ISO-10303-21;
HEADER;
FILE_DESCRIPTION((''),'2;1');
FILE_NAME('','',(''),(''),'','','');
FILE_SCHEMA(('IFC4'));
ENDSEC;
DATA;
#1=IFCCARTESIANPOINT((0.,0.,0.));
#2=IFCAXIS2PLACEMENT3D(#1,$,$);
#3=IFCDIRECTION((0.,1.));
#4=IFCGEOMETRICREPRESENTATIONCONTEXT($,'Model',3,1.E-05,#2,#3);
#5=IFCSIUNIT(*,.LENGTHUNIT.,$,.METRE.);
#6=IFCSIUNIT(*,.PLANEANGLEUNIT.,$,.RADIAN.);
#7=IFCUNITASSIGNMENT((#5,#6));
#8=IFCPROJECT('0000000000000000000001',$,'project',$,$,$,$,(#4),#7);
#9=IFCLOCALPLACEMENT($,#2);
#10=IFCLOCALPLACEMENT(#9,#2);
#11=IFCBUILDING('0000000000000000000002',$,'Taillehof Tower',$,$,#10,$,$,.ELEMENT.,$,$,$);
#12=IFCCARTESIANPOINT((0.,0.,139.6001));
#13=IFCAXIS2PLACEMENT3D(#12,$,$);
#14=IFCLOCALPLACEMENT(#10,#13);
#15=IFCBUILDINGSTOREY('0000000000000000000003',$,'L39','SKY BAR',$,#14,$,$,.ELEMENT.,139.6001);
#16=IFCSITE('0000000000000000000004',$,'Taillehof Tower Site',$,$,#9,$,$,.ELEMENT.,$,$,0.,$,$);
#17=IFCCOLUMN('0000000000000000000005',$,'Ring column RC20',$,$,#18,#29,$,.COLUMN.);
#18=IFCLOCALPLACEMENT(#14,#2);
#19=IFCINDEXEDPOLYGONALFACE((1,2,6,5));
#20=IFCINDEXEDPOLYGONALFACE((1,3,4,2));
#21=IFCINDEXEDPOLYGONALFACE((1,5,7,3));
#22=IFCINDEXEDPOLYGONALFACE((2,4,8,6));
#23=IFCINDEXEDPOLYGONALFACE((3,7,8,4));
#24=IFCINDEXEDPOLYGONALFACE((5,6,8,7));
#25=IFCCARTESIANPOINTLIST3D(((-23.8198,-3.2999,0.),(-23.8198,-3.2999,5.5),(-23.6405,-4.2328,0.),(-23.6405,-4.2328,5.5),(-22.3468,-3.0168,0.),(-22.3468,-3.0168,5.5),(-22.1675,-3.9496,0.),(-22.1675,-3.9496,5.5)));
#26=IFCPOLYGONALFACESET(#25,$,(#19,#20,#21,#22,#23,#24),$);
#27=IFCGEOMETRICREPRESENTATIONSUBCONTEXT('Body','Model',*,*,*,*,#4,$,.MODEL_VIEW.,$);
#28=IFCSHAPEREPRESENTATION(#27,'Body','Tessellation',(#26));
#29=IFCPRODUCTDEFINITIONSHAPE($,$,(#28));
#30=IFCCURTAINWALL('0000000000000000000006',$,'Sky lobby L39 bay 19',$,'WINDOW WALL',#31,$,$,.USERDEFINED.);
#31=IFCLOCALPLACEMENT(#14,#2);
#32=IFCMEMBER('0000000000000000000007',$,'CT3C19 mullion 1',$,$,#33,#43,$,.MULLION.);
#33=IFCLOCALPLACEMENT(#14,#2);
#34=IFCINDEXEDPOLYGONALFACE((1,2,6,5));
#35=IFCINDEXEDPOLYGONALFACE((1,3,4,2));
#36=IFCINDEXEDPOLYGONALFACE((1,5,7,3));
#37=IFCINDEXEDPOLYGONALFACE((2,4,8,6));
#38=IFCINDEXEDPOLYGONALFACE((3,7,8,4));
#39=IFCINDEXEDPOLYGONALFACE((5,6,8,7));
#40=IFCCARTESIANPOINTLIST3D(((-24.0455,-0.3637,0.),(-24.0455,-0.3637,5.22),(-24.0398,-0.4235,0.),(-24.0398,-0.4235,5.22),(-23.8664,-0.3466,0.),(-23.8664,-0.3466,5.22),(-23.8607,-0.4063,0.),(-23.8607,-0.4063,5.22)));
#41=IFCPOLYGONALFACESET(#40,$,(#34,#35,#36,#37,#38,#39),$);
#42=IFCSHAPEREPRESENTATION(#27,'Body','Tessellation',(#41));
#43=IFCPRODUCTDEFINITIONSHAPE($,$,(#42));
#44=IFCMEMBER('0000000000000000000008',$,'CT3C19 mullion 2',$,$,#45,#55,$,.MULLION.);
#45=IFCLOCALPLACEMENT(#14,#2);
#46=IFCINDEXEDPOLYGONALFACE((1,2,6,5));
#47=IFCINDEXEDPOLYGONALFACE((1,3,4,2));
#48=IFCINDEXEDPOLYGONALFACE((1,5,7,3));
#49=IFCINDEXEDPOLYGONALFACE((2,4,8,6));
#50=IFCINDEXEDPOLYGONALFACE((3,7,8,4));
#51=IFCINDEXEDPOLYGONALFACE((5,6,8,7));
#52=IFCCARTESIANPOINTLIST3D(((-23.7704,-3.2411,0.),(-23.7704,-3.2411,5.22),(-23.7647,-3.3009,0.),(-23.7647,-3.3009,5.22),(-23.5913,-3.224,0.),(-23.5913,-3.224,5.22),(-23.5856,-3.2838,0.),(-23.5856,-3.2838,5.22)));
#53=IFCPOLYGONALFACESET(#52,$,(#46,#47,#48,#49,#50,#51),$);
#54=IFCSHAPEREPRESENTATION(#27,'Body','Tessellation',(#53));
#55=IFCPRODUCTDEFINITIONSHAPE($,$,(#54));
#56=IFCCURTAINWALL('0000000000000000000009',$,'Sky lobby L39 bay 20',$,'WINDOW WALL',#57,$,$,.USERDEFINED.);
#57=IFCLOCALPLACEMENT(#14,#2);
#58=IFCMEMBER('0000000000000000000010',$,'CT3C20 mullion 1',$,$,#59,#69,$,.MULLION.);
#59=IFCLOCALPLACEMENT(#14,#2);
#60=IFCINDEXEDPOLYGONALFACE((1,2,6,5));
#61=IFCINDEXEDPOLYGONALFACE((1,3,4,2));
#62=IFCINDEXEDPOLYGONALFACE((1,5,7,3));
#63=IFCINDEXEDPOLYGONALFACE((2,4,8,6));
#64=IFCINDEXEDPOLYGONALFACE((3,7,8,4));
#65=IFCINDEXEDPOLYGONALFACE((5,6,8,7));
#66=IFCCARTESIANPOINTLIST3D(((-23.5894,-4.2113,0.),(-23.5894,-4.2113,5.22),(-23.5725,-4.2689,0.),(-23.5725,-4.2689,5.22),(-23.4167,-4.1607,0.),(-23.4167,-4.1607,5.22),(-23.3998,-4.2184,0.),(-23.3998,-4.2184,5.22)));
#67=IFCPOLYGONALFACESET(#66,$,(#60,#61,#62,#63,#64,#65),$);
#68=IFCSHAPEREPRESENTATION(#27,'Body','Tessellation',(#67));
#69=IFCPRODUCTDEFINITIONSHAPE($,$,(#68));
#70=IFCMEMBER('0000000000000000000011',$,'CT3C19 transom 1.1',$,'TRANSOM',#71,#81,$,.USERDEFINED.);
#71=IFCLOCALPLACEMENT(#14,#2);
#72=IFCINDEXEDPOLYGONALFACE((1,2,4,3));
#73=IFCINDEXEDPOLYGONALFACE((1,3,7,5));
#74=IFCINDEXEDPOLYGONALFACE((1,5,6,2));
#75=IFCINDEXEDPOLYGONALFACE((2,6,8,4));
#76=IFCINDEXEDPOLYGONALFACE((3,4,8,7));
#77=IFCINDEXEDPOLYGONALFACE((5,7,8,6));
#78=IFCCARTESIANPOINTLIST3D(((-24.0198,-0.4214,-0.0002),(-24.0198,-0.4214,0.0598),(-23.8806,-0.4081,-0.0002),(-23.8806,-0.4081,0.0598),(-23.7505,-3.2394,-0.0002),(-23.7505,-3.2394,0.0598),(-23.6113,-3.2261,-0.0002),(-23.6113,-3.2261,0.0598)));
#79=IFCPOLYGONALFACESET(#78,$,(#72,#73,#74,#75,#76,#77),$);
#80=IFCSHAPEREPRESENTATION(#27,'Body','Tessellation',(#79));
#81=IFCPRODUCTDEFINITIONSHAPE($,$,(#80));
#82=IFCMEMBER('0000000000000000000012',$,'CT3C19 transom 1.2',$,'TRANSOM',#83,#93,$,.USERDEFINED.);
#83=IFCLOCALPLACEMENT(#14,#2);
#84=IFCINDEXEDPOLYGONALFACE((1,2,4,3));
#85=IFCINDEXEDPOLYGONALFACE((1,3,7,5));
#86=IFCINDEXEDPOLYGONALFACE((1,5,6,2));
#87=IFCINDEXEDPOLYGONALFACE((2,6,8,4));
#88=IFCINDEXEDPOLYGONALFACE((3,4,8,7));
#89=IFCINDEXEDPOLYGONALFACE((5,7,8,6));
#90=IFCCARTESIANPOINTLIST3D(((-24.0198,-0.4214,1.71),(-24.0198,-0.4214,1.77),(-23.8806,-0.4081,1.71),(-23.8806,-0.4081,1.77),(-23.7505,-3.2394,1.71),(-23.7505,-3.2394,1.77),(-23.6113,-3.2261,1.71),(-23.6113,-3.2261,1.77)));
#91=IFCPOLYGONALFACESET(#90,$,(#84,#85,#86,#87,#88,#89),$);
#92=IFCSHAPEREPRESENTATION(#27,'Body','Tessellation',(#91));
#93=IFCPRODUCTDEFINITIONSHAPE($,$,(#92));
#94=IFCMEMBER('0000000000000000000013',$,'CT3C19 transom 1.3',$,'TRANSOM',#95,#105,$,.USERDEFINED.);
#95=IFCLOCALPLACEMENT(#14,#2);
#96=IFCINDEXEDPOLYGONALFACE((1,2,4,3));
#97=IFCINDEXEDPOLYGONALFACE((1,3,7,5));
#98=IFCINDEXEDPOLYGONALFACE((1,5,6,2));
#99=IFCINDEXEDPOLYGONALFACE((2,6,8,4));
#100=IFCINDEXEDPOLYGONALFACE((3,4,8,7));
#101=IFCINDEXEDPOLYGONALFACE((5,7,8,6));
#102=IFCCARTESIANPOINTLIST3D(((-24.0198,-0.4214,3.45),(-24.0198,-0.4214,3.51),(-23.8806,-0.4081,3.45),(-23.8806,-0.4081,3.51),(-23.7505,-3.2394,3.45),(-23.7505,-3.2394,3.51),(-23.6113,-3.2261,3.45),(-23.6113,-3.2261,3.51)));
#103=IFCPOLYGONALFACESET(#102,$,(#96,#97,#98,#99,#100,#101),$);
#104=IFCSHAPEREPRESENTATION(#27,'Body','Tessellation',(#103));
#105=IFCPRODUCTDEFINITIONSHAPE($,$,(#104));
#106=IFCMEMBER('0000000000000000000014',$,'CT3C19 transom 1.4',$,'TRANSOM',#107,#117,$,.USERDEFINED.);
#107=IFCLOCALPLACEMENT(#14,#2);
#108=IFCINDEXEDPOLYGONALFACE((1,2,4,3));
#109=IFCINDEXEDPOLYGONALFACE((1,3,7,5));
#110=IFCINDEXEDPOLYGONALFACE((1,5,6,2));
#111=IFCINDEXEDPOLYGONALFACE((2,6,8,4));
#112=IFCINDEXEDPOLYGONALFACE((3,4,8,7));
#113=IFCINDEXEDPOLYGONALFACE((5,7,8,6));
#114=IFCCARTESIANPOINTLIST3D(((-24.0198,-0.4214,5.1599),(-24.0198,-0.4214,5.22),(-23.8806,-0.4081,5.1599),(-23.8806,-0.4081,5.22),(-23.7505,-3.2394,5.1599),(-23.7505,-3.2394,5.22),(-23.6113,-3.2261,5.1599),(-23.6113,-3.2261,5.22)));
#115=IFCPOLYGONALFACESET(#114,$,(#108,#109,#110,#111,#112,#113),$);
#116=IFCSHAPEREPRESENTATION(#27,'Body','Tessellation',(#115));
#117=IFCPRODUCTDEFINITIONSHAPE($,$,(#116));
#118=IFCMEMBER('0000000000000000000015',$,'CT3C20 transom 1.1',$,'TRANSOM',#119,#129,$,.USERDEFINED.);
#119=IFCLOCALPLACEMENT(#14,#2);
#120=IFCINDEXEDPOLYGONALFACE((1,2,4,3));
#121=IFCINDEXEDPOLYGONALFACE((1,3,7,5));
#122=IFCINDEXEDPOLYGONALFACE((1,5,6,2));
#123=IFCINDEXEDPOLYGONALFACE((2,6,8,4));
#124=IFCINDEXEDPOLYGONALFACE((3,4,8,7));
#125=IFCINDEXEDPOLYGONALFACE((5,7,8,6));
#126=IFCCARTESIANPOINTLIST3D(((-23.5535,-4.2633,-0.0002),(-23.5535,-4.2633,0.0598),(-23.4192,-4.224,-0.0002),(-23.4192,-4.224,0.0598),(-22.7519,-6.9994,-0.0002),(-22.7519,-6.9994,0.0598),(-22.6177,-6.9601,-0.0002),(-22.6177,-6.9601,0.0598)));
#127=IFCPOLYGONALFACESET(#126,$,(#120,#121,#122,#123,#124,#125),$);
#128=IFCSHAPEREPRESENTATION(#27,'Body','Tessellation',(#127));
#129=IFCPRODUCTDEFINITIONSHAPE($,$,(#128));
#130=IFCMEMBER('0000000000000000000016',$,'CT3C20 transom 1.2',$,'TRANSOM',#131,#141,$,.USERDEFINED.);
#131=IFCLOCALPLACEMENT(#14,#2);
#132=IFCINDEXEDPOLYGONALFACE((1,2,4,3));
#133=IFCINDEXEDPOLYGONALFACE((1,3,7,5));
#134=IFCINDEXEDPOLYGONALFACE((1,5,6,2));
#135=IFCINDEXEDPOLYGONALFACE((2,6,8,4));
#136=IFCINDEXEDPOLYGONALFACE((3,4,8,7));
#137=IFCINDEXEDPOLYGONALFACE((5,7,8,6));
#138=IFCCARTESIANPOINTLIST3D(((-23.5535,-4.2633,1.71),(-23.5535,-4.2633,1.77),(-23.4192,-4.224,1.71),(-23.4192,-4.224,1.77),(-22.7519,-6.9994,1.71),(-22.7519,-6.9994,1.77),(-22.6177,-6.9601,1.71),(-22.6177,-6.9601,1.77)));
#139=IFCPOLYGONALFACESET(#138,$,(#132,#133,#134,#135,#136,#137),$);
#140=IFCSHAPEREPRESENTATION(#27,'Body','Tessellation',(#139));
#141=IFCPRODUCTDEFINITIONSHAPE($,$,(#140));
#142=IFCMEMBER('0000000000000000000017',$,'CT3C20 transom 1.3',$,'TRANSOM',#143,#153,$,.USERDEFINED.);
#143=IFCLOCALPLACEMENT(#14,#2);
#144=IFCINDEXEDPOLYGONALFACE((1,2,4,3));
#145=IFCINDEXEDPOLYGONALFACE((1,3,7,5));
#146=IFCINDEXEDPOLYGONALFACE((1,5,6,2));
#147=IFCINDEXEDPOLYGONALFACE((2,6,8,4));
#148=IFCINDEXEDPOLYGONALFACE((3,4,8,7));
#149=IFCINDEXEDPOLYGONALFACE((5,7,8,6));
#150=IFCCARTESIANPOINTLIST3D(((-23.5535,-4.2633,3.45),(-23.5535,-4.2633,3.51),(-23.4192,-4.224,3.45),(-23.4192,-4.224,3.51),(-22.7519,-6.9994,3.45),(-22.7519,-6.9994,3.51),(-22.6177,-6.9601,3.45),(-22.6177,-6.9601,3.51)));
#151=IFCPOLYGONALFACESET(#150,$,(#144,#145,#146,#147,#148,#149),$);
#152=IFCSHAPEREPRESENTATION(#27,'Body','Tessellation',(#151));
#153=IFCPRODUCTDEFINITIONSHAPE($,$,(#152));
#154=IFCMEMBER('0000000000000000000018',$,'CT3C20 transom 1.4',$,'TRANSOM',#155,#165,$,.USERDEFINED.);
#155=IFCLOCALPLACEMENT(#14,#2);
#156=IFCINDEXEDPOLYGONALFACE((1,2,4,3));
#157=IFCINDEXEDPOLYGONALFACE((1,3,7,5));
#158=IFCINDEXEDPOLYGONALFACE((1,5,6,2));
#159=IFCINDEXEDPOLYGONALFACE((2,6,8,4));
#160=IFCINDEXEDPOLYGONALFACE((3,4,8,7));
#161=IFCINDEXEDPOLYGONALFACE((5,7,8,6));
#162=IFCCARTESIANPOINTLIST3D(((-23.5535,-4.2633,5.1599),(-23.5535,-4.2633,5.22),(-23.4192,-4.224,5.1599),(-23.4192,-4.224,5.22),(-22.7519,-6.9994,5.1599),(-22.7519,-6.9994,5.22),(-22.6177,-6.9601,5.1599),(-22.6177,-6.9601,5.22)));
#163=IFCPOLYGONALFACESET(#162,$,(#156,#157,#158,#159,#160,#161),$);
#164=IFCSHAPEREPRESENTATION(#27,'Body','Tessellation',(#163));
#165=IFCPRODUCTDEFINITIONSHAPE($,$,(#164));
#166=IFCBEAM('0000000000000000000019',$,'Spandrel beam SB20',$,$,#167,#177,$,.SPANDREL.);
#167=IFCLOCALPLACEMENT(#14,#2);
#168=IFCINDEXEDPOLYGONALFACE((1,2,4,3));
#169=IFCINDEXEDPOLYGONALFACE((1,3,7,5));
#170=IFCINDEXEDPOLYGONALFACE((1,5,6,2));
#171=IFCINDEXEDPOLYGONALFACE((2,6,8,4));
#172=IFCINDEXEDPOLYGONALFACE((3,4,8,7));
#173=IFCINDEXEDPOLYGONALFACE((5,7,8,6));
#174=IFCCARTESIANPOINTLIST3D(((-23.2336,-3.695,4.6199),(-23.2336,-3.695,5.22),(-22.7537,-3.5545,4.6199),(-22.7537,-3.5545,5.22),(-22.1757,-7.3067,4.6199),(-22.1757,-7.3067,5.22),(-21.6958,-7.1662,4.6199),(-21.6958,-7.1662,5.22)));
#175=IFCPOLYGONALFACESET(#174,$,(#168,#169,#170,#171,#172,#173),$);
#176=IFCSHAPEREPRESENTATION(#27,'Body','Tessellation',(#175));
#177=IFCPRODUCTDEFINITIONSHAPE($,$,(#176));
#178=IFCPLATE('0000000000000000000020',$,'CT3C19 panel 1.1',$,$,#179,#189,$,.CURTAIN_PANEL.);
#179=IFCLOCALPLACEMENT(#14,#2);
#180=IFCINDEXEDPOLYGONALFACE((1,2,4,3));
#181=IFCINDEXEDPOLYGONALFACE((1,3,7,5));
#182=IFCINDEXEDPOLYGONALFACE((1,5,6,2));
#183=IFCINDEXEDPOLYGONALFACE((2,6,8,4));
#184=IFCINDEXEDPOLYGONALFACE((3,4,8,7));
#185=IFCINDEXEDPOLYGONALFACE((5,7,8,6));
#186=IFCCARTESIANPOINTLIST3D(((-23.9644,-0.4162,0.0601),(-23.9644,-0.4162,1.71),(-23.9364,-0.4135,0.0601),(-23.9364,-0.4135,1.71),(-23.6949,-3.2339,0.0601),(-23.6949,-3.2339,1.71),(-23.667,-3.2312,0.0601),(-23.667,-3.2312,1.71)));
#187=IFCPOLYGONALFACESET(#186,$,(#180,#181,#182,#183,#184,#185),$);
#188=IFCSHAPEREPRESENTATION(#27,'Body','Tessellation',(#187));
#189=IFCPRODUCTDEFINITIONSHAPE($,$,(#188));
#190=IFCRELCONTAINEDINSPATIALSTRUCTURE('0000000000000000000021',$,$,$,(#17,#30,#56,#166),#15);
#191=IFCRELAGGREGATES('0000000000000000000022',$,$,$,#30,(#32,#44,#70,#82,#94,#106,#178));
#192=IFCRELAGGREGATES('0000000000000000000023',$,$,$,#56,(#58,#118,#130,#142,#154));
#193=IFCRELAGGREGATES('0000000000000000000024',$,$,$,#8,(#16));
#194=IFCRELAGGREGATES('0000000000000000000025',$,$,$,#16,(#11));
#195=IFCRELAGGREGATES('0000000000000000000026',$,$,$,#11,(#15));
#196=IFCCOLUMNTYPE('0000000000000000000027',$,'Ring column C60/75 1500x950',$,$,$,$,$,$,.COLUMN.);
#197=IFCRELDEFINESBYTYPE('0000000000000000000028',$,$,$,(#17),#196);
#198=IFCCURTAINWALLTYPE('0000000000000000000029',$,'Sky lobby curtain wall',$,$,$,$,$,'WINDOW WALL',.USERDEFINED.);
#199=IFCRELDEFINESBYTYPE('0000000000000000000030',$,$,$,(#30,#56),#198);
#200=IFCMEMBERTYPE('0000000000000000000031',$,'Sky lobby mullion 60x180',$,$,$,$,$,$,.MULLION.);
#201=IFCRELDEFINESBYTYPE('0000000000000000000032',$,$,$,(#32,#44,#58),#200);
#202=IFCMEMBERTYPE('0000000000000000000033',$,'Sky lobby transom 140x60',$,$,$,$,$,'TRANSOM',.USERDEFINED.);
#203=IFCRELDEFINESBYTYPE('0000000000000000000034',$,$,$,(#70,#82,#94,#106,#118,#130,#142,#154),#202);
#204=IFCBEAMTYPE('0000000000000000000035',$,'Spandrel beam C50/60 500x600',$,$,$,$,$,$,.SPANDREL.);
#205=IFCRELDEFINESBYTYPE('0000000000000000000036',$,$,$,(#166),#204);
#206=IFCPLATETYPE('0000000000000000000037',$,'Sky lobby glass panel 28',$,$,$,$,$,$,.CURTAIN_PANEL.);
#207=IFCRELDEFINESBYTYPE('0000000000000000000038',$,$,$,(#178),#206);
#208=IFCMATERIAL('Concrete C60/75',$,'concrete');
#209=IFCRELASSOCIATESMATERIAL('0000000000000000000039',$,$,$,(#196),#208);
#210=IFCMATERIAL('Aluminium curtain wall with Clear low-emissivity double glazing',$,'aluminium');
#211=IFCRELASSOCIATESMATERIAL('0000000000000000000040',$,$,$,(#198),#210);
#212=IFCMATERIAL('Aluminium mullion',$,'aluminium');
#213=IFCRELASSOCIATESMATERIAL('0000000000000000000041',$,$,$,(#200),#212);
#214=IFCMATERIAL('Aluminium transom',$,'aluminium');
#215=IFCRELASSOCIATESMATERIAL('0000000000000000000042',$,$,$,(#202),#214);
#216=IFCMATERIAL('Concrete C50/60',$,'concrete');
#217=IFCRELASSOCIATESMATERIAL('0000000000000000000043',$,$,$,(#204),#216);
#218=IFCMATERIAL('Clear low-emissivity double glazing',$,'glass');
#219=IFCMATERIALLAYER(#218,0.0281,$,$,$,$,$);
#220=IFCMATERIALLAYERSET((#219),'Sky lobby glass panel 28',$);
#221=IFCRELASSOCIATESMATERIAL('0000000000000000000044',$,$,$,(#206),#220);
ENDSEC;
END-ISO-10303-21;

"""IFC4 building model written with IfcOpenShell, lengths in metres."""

from ifc_helpers import new_model, si_unit, direction, frame, origin, origin_2d, place, context, subcontext, project, spatial, rectangle, extrude, material, layer, layer_set, material_profile, profile_set, type_object, element, aggregate, save


model = new_model("IFC4")

# Units and contexts
model_context = context("Model", 3, precision=1e-05, world=origin(), true_north=direction((0.0, 1.0)))
body_context = subcontext(model_context, "Body", "Model", "MODEL_VIEW")
ifc_project = project(units=[si_unit("LENGTHUNIT", "METRE"), si_unit("PLANEANGLEUNIT", "RADIAN")], contexts=[model_context])

# Site, building, storey
site_placement = place(None, origin())
site = spatial("IfcSite", under=ifc_project, at=site_placement, Name="Taillehof Tower Site", CompositionType="ELEMENT", RefElevation=0.0)
building_placement = place(site_placement, origin())
building = spatial("IfcBuilding", under=site, at=building_placement, Name="Taillehof Tower", CompositionType="ELEMENT")
storey_placement = place(building_placement, frame((0.0, 0.0, 139.6001)))
storey = spatial("IfcBuildingStorey", under=building, at=storey_placement, Name="L39", Description="SKY BAR", CompositionType="ELEMENT", Elevation=139.6001)

# Column
ifc_material_1 = material(Name="Concrete C60/75", Category="concrete")
ifc_material_profile_1 = material_profile(ifc_material_1, rectangle(XDim=1.5, YDim=0.95, at=origin_2d()), Name="RC 1500x950")
ifc_profile_set_1 = profile_set([ifc_material_profile_1], Name="Concrete C60/75")
column_type = type_object("IfcColumnType", Name="Ring column C60/75 1500x950", PredefinedType="COLUMN", material=ifc_profile_set_1)
column_placement = place(storey_placement, frame((-22.9937, -3.6248, 0.0), z_axis=(0.0, 0.0, 1.0), x_axis=(-0.982024, -0.188757, 0.0)))
element("IfcColumn", 1, at=column_placement, inside=storey, type_object=column_type, Name="Ring column RC20", PredefinedType="COLUMN", context=body_context, shape_type="SweptSolid", body=[
    extrude(rectangle(XDim=1.5, YDim=0.95, at=origin_2d()), origin(), (0.0, 0.0, 1.0), 5.5),
])

# Curtain wall, members
ifc_material_2 = material(Name="Aluminium curtain wall with Clear low-emissivity double glazing", Category="aluminium")
curtain_wall_type = type_object("IfcCurtainWallType", Name="Sky lobby curtain wall", ElementType="WINDOW WALL", PredefinedType="USERDEFINED", material=ifc_material_2)
curtain_wall_1_placement = place(storey_placement, origin())
curtain_wall_1 = element("IfcCurtainWall", 2, at=curtain_wall_1_placement, inside=storey, type_object=curtain_wall_type, Name="Sky lobby L39 bay 19", ObjectType="WINDOW WALL", PredefinedType="USERDEFINED")
ifc_material_3 = material(Name="Aluminium mullion", Category="aluminium")
ifc_material_profile_2 = material_profile(ifc_material_3, rectangle(XDim=0.1799, YDim=0.0601, at=origin_2d()), Name="AL 60x180")
ifc_profile_set_2 = profile_set([ifc_material_profile_2], Name="Aluminium mullion")
member_type_1 = type_object("IfcMemberType", Name="Sky lobby mullion 60x180", PredefinedType="MULLION", material=ifc_profile_set_2)
member_1_placement = place(storey_placement, frame((-23.9531, -0.385, 0.0), z_axis=(0.0, 0.0, 1.0), x_axis=(0.995458, 0.095197, 0.0)))
member_1 = element("IfcMember", 3, at=member_1_placement, type_object=member_type_1, Name="CT3C19 mullion 1", PredefinedType="MULLION", context=body_context, shape_type="SweptSolid", body=[
    extrude(rectangle(XDim=0.1799, YDim=0.0601, at=origin_2d()), origin(), (0.0, 0.0, 1.0), 5.22),
])
member_2_placement = place(storey_placement, frame((-23.678, -3.2625, 0.0), z_axis=(0.0, 0.0, 1.0), x_axis=(0.995458, 0.095197, 0.0)))
member_2 = element("IfcMember", 4, at=member_2_placement, type_object=member_type_1, Name="CT3C19 mullion 2", PredefinedType="MULLION", context=body_context, shape_type="SweptSolid", body=[
    extrude(rectangle(XDim=0.1799, YDim=0.0601, at=origin_2d()), origin(), (0.0, 0.0, 1.0), 5.22),
])

# Curtain wall, member
curtain_wall_2_placement = place(storey_placement, origin())
curtain_wall_2 = element("IfcCurtainWall", 5, at=curtain_wall_2_placement, inside=storey, type_object=curtain_wall_type, Name="Sky lobby L39 bay 20", ObjectType="WINDOW WALL", PredefinedType="USERDEFINED")
member_3_placement = place(storey_placement, frame((-23.4946, -4.2148, 0.0), z_axis=(0.0, 0.0, 1.0), x_axis=(0.959684, 0.28108, 0.0)))
member_3 = element("IfcMember", 6, at=member_3_placement, type_object=member_type_1, Name="CT3C20 mullion 1", PredefinedType="MULLION", context=body_context, shape_type="SweptSolid", body=[
    extrude(rectangle(XDim=0.1799, YDim=0.0601, at=origin_2d()), origin(), (0.0, 0.0, 1.0), 5.22),
])

# Members
ifc_material_4 = material(Name="Aluminium transom", Category="aluminium")
ifc_material_profile_3 = material_profile(ifc_material_4, rectangle(XDim=0.1399, YDim=0.0601, at=origin_2d()), Name="AL 140x60")
ifc_profile_set_3 = profile_set([ifc_material_profile_3], Name="Aluminium transom")
member_type_2 = type_object("IfcMemberType", Name="Sky lobby transom 140x60", ElementType="TRANSOM", PredefinedType="USERDEFINED", material=ifc_profile_set_3)
member_4_placement = place(storey_placement, frame((-23.9502, -0.4148, 0.0298), z_axis=(0.095131, -0.995465, 0.0), x_axis=(0.995465, 0.095131, 0.0)))
member_4 = element("IfcMember", 7, at=member_4_placement, type_object=member_type_2, Name="CT3C19 transom 1.1", ObjectType="TRANSOM", PredefinedType="USERDEFINED", context=body_context, shape_type="SweptSolid", body=[
    extrude(rectangle(XDim=0.1399, YDim=0.0601, at=origin_2d()), origin(), (0.0, 0.0, 1.0), 2.8308),
])
member_5_placement = place(storey_placement, frame((-23.9502, -0.4148, 1.74), z_axis=(0.095131, -0.995465, 0.0), x_axis=(0.995465, 0.095131, 0.0)))
member_5 = element("IfcMember", 8, at=member_5_placement, type_object=member_type_2, Name="CT3C19 transom 1.2", ObjectType="TRANSOM", PredefinedType="USERDEFINED", context=body_context, shape_type="SweptSolid", body=[
    extrude(rectangle(XDim=0.1399, YDim=0.0601, at=origin_2d()), origin(), (0.0, 0.0, 1.0), 2.8308),
])
member_6_placement = place(storey_placement, frame((-23.9502, -0.4148, 3.48), z_axis=(0.095131, -0.995465, 0.0), x_axis=(0.995465, 0.095131, 0.0)))
member_6 = element("IfcMember", 9, at=member_6_placement, type_object=member_type_2, Name="CT3C19 transom 1.3", ObjectType="TRANSOM", PredefinedType="USERDEFINED", context=body_context, shape_type="SweptSolid", body=[
    extrude(rectangle(XDim=0.1399, YDim=0.0601, at=origin_2d()), origin(), (0.0, 0.0, 1.0), 2.8308),
])
member_7_placement = place(storey_placement, frame((-23.9502, -0.4148, 5.1899), z_axis=(0.095131, -0.995465, 0.0), x_axis=(0.995465, 0.095131, 0.0)))
member_7 = element("IfcMember", 10, at=member_7_placement, type_object=member_type_2, Name="CT3C19 transom 1.4", ObjectType="TRANSOM", PredefinedType="USERDEFINED", context=body_context, shape_type="SweptSolid", body=[
    extrude(rectangle(XDim=0.1399, YDim=0.0601, at=origin_2d()), origin(), (0.0, 0.0, 1.0), 2.8308),
])
member_8_placement = place(storey_placement, frame((-23.4863, -4.2437, 0.0298), z_axis=(0.281128, -0.95967, 0.0), x_axis=(0.95967, 0.281128, 0.0)))
member_8 = element("IfcMember", 11, at=member_8_placement, type_object=member_type_2, Name="CT3C20 transom 1.1", ObjectType="TRANSOM", PredefinedType="USERDEFINED", context=body_context, shape_type="SweptSolid", body=[
    extrude(rectangle(XDim=0.1399, YDim=0.0601, at=origin_2d()), origin(), (0.0, 0.0, 1.0), 2.8511),
])
member_9_placement = place(storey_placement, frame((-23.4863, -4.2437, 1.74), z_axis=(0.281128, -0.95967, 0.0), x_axis=(0.95967, 0.281128, 0.0)))
member_9 = element("IfcMember", 12, at=member_9_placement, type_object=member_type_2, Name="CT3C20 transom 1.2", ObjectType="TRANSOM", PredefinedType="USERDEFINED", context=body_context, shape_type="SweptSolid", body=[
    extrude(rectangle(XDim=0.1399, YDim=0.0601, at=origin_2d()), origin(), (0.0, 0.0, 1.0), 2.8511),
])
member_10_placement = place(storey_placement, frame((-23.4863, -4.2437, 3.48), z_axis=(0.281128, -0.95967, 0.0), x_axis=(0.95967, 0.281128, 0.0)))
member_10 = element("IfcMember", 13, at=member_10_placement, type_object=member_type_2, Name="CT3C20 transom 1.3", ObjectType="TRANSOM", PredefinedType="USERDEFINED", context=body_context, shape_type="SweptSolid", body=[
    extrude(rectangle(XDim=0.1399, YDim=0.0601, at=origin_2d()), origin(), (0.0, 0.0, 1.0), 2.8511),
])
member_11_placement = place(storey_placement, frame((-23.4863, -4.2437, 5.1899), z_axis=(0.281128, -0.95967, 0.0), x_axis=(0.95967, 0.281128, 0.0)))
member_11 = element("IfcMember", 14, at=member_11_placement, type_object=member_type_2, Name="CT3C20 transom 1.4", ObjectType="TRANSOM", PredefinedType="USERDEFINED", context=body_context, shape_type="SweptSolid", body=[
    extrude(rectangle(XDim=0.1399, YDim=0.0601, at=origin_2d()), origin(), (0.0, 0.0, 1.0), 2.8511),
])

# Beam
ifc_material_5 = material(Name="Concrete C50/60", Category="concrete")
ifc_material_profile_4 = material_profile(ifc_material_5, rectangle(XDim=0.5, YDim=0.6001, at=origin_2d()), Name="RC 500x600")
ifc_profile_set_4 = profile_set([ifc_material_profile_4], Name="Concrete C50/60")
beam_type = type_object("IfcBeamType", Name="Spandrel beam C50/60 500x600", PredefinedType="SPANDREL", material=ifc_profile_set_4)
beam_placement = place(storey_placement, frame((-22.9937, -3.6248, 4.9199), z_axis=(0.281098, -0.959679, 0.0), x_axis=(0.959679, 0.281098, 0.0)))
element("IfcBeam", 15, at=beam_placement, inside=storey, type_object=beam_type, Name="Spandrel beam SB20", PredefinedType="SPANDREL", context=body_context, shape_type="SweptSolid", body=[
    extrude(rectangle(XDim=0.5, YDim=0.6001, at=origin_2d()), origin(), (0.0, 0.0, 1.0), 3.7634),
])

# Plate
ifc_material_6 = material(Name="Clear low-emissivity double glazing", Category="glass")
ifc_layer = layer(ifc_material_6, 0.0281)
ifc_layer_set = layer_set([ifc_layer], Name="Sky lobby glass panel 28")
plate_type = type_object("IfcPlateType", Name="Sky lobby glass panel 28", PredefinedType="CURTAIN_PANEL", material=ifc_layer_set)
plate_1_placement = place(storey_placement, frame((-23.8157, -1.8237, 0.0601), z_axis=(0.0, 0.0, 1.0), x_axis=(0.095197, -0.995458, 0.0)))
plate_1 = element("IfcPlate", 16, at=plate_1_placement, type_object=plate_type, Name="CT3C19 panel 1.1", PredefinedType="CURTAIN_PANEL", context=body_context, shape_type="SweptSolid", body=[
    extrude(rectangle(XDim=2.8306, YDim=0.0281, at=origin_2d()), origin(), (0.0, 0.0, 1.0), 1.6499),
])
aggregate(curtain_wall_1, [member_1, member_2, member_4, member_5, member_6, member_7, plate_1])
aggregate(curtain_wall_2, [member_3, member_8, member_9, member_10, member_11])

save(model, "model.ifc")
